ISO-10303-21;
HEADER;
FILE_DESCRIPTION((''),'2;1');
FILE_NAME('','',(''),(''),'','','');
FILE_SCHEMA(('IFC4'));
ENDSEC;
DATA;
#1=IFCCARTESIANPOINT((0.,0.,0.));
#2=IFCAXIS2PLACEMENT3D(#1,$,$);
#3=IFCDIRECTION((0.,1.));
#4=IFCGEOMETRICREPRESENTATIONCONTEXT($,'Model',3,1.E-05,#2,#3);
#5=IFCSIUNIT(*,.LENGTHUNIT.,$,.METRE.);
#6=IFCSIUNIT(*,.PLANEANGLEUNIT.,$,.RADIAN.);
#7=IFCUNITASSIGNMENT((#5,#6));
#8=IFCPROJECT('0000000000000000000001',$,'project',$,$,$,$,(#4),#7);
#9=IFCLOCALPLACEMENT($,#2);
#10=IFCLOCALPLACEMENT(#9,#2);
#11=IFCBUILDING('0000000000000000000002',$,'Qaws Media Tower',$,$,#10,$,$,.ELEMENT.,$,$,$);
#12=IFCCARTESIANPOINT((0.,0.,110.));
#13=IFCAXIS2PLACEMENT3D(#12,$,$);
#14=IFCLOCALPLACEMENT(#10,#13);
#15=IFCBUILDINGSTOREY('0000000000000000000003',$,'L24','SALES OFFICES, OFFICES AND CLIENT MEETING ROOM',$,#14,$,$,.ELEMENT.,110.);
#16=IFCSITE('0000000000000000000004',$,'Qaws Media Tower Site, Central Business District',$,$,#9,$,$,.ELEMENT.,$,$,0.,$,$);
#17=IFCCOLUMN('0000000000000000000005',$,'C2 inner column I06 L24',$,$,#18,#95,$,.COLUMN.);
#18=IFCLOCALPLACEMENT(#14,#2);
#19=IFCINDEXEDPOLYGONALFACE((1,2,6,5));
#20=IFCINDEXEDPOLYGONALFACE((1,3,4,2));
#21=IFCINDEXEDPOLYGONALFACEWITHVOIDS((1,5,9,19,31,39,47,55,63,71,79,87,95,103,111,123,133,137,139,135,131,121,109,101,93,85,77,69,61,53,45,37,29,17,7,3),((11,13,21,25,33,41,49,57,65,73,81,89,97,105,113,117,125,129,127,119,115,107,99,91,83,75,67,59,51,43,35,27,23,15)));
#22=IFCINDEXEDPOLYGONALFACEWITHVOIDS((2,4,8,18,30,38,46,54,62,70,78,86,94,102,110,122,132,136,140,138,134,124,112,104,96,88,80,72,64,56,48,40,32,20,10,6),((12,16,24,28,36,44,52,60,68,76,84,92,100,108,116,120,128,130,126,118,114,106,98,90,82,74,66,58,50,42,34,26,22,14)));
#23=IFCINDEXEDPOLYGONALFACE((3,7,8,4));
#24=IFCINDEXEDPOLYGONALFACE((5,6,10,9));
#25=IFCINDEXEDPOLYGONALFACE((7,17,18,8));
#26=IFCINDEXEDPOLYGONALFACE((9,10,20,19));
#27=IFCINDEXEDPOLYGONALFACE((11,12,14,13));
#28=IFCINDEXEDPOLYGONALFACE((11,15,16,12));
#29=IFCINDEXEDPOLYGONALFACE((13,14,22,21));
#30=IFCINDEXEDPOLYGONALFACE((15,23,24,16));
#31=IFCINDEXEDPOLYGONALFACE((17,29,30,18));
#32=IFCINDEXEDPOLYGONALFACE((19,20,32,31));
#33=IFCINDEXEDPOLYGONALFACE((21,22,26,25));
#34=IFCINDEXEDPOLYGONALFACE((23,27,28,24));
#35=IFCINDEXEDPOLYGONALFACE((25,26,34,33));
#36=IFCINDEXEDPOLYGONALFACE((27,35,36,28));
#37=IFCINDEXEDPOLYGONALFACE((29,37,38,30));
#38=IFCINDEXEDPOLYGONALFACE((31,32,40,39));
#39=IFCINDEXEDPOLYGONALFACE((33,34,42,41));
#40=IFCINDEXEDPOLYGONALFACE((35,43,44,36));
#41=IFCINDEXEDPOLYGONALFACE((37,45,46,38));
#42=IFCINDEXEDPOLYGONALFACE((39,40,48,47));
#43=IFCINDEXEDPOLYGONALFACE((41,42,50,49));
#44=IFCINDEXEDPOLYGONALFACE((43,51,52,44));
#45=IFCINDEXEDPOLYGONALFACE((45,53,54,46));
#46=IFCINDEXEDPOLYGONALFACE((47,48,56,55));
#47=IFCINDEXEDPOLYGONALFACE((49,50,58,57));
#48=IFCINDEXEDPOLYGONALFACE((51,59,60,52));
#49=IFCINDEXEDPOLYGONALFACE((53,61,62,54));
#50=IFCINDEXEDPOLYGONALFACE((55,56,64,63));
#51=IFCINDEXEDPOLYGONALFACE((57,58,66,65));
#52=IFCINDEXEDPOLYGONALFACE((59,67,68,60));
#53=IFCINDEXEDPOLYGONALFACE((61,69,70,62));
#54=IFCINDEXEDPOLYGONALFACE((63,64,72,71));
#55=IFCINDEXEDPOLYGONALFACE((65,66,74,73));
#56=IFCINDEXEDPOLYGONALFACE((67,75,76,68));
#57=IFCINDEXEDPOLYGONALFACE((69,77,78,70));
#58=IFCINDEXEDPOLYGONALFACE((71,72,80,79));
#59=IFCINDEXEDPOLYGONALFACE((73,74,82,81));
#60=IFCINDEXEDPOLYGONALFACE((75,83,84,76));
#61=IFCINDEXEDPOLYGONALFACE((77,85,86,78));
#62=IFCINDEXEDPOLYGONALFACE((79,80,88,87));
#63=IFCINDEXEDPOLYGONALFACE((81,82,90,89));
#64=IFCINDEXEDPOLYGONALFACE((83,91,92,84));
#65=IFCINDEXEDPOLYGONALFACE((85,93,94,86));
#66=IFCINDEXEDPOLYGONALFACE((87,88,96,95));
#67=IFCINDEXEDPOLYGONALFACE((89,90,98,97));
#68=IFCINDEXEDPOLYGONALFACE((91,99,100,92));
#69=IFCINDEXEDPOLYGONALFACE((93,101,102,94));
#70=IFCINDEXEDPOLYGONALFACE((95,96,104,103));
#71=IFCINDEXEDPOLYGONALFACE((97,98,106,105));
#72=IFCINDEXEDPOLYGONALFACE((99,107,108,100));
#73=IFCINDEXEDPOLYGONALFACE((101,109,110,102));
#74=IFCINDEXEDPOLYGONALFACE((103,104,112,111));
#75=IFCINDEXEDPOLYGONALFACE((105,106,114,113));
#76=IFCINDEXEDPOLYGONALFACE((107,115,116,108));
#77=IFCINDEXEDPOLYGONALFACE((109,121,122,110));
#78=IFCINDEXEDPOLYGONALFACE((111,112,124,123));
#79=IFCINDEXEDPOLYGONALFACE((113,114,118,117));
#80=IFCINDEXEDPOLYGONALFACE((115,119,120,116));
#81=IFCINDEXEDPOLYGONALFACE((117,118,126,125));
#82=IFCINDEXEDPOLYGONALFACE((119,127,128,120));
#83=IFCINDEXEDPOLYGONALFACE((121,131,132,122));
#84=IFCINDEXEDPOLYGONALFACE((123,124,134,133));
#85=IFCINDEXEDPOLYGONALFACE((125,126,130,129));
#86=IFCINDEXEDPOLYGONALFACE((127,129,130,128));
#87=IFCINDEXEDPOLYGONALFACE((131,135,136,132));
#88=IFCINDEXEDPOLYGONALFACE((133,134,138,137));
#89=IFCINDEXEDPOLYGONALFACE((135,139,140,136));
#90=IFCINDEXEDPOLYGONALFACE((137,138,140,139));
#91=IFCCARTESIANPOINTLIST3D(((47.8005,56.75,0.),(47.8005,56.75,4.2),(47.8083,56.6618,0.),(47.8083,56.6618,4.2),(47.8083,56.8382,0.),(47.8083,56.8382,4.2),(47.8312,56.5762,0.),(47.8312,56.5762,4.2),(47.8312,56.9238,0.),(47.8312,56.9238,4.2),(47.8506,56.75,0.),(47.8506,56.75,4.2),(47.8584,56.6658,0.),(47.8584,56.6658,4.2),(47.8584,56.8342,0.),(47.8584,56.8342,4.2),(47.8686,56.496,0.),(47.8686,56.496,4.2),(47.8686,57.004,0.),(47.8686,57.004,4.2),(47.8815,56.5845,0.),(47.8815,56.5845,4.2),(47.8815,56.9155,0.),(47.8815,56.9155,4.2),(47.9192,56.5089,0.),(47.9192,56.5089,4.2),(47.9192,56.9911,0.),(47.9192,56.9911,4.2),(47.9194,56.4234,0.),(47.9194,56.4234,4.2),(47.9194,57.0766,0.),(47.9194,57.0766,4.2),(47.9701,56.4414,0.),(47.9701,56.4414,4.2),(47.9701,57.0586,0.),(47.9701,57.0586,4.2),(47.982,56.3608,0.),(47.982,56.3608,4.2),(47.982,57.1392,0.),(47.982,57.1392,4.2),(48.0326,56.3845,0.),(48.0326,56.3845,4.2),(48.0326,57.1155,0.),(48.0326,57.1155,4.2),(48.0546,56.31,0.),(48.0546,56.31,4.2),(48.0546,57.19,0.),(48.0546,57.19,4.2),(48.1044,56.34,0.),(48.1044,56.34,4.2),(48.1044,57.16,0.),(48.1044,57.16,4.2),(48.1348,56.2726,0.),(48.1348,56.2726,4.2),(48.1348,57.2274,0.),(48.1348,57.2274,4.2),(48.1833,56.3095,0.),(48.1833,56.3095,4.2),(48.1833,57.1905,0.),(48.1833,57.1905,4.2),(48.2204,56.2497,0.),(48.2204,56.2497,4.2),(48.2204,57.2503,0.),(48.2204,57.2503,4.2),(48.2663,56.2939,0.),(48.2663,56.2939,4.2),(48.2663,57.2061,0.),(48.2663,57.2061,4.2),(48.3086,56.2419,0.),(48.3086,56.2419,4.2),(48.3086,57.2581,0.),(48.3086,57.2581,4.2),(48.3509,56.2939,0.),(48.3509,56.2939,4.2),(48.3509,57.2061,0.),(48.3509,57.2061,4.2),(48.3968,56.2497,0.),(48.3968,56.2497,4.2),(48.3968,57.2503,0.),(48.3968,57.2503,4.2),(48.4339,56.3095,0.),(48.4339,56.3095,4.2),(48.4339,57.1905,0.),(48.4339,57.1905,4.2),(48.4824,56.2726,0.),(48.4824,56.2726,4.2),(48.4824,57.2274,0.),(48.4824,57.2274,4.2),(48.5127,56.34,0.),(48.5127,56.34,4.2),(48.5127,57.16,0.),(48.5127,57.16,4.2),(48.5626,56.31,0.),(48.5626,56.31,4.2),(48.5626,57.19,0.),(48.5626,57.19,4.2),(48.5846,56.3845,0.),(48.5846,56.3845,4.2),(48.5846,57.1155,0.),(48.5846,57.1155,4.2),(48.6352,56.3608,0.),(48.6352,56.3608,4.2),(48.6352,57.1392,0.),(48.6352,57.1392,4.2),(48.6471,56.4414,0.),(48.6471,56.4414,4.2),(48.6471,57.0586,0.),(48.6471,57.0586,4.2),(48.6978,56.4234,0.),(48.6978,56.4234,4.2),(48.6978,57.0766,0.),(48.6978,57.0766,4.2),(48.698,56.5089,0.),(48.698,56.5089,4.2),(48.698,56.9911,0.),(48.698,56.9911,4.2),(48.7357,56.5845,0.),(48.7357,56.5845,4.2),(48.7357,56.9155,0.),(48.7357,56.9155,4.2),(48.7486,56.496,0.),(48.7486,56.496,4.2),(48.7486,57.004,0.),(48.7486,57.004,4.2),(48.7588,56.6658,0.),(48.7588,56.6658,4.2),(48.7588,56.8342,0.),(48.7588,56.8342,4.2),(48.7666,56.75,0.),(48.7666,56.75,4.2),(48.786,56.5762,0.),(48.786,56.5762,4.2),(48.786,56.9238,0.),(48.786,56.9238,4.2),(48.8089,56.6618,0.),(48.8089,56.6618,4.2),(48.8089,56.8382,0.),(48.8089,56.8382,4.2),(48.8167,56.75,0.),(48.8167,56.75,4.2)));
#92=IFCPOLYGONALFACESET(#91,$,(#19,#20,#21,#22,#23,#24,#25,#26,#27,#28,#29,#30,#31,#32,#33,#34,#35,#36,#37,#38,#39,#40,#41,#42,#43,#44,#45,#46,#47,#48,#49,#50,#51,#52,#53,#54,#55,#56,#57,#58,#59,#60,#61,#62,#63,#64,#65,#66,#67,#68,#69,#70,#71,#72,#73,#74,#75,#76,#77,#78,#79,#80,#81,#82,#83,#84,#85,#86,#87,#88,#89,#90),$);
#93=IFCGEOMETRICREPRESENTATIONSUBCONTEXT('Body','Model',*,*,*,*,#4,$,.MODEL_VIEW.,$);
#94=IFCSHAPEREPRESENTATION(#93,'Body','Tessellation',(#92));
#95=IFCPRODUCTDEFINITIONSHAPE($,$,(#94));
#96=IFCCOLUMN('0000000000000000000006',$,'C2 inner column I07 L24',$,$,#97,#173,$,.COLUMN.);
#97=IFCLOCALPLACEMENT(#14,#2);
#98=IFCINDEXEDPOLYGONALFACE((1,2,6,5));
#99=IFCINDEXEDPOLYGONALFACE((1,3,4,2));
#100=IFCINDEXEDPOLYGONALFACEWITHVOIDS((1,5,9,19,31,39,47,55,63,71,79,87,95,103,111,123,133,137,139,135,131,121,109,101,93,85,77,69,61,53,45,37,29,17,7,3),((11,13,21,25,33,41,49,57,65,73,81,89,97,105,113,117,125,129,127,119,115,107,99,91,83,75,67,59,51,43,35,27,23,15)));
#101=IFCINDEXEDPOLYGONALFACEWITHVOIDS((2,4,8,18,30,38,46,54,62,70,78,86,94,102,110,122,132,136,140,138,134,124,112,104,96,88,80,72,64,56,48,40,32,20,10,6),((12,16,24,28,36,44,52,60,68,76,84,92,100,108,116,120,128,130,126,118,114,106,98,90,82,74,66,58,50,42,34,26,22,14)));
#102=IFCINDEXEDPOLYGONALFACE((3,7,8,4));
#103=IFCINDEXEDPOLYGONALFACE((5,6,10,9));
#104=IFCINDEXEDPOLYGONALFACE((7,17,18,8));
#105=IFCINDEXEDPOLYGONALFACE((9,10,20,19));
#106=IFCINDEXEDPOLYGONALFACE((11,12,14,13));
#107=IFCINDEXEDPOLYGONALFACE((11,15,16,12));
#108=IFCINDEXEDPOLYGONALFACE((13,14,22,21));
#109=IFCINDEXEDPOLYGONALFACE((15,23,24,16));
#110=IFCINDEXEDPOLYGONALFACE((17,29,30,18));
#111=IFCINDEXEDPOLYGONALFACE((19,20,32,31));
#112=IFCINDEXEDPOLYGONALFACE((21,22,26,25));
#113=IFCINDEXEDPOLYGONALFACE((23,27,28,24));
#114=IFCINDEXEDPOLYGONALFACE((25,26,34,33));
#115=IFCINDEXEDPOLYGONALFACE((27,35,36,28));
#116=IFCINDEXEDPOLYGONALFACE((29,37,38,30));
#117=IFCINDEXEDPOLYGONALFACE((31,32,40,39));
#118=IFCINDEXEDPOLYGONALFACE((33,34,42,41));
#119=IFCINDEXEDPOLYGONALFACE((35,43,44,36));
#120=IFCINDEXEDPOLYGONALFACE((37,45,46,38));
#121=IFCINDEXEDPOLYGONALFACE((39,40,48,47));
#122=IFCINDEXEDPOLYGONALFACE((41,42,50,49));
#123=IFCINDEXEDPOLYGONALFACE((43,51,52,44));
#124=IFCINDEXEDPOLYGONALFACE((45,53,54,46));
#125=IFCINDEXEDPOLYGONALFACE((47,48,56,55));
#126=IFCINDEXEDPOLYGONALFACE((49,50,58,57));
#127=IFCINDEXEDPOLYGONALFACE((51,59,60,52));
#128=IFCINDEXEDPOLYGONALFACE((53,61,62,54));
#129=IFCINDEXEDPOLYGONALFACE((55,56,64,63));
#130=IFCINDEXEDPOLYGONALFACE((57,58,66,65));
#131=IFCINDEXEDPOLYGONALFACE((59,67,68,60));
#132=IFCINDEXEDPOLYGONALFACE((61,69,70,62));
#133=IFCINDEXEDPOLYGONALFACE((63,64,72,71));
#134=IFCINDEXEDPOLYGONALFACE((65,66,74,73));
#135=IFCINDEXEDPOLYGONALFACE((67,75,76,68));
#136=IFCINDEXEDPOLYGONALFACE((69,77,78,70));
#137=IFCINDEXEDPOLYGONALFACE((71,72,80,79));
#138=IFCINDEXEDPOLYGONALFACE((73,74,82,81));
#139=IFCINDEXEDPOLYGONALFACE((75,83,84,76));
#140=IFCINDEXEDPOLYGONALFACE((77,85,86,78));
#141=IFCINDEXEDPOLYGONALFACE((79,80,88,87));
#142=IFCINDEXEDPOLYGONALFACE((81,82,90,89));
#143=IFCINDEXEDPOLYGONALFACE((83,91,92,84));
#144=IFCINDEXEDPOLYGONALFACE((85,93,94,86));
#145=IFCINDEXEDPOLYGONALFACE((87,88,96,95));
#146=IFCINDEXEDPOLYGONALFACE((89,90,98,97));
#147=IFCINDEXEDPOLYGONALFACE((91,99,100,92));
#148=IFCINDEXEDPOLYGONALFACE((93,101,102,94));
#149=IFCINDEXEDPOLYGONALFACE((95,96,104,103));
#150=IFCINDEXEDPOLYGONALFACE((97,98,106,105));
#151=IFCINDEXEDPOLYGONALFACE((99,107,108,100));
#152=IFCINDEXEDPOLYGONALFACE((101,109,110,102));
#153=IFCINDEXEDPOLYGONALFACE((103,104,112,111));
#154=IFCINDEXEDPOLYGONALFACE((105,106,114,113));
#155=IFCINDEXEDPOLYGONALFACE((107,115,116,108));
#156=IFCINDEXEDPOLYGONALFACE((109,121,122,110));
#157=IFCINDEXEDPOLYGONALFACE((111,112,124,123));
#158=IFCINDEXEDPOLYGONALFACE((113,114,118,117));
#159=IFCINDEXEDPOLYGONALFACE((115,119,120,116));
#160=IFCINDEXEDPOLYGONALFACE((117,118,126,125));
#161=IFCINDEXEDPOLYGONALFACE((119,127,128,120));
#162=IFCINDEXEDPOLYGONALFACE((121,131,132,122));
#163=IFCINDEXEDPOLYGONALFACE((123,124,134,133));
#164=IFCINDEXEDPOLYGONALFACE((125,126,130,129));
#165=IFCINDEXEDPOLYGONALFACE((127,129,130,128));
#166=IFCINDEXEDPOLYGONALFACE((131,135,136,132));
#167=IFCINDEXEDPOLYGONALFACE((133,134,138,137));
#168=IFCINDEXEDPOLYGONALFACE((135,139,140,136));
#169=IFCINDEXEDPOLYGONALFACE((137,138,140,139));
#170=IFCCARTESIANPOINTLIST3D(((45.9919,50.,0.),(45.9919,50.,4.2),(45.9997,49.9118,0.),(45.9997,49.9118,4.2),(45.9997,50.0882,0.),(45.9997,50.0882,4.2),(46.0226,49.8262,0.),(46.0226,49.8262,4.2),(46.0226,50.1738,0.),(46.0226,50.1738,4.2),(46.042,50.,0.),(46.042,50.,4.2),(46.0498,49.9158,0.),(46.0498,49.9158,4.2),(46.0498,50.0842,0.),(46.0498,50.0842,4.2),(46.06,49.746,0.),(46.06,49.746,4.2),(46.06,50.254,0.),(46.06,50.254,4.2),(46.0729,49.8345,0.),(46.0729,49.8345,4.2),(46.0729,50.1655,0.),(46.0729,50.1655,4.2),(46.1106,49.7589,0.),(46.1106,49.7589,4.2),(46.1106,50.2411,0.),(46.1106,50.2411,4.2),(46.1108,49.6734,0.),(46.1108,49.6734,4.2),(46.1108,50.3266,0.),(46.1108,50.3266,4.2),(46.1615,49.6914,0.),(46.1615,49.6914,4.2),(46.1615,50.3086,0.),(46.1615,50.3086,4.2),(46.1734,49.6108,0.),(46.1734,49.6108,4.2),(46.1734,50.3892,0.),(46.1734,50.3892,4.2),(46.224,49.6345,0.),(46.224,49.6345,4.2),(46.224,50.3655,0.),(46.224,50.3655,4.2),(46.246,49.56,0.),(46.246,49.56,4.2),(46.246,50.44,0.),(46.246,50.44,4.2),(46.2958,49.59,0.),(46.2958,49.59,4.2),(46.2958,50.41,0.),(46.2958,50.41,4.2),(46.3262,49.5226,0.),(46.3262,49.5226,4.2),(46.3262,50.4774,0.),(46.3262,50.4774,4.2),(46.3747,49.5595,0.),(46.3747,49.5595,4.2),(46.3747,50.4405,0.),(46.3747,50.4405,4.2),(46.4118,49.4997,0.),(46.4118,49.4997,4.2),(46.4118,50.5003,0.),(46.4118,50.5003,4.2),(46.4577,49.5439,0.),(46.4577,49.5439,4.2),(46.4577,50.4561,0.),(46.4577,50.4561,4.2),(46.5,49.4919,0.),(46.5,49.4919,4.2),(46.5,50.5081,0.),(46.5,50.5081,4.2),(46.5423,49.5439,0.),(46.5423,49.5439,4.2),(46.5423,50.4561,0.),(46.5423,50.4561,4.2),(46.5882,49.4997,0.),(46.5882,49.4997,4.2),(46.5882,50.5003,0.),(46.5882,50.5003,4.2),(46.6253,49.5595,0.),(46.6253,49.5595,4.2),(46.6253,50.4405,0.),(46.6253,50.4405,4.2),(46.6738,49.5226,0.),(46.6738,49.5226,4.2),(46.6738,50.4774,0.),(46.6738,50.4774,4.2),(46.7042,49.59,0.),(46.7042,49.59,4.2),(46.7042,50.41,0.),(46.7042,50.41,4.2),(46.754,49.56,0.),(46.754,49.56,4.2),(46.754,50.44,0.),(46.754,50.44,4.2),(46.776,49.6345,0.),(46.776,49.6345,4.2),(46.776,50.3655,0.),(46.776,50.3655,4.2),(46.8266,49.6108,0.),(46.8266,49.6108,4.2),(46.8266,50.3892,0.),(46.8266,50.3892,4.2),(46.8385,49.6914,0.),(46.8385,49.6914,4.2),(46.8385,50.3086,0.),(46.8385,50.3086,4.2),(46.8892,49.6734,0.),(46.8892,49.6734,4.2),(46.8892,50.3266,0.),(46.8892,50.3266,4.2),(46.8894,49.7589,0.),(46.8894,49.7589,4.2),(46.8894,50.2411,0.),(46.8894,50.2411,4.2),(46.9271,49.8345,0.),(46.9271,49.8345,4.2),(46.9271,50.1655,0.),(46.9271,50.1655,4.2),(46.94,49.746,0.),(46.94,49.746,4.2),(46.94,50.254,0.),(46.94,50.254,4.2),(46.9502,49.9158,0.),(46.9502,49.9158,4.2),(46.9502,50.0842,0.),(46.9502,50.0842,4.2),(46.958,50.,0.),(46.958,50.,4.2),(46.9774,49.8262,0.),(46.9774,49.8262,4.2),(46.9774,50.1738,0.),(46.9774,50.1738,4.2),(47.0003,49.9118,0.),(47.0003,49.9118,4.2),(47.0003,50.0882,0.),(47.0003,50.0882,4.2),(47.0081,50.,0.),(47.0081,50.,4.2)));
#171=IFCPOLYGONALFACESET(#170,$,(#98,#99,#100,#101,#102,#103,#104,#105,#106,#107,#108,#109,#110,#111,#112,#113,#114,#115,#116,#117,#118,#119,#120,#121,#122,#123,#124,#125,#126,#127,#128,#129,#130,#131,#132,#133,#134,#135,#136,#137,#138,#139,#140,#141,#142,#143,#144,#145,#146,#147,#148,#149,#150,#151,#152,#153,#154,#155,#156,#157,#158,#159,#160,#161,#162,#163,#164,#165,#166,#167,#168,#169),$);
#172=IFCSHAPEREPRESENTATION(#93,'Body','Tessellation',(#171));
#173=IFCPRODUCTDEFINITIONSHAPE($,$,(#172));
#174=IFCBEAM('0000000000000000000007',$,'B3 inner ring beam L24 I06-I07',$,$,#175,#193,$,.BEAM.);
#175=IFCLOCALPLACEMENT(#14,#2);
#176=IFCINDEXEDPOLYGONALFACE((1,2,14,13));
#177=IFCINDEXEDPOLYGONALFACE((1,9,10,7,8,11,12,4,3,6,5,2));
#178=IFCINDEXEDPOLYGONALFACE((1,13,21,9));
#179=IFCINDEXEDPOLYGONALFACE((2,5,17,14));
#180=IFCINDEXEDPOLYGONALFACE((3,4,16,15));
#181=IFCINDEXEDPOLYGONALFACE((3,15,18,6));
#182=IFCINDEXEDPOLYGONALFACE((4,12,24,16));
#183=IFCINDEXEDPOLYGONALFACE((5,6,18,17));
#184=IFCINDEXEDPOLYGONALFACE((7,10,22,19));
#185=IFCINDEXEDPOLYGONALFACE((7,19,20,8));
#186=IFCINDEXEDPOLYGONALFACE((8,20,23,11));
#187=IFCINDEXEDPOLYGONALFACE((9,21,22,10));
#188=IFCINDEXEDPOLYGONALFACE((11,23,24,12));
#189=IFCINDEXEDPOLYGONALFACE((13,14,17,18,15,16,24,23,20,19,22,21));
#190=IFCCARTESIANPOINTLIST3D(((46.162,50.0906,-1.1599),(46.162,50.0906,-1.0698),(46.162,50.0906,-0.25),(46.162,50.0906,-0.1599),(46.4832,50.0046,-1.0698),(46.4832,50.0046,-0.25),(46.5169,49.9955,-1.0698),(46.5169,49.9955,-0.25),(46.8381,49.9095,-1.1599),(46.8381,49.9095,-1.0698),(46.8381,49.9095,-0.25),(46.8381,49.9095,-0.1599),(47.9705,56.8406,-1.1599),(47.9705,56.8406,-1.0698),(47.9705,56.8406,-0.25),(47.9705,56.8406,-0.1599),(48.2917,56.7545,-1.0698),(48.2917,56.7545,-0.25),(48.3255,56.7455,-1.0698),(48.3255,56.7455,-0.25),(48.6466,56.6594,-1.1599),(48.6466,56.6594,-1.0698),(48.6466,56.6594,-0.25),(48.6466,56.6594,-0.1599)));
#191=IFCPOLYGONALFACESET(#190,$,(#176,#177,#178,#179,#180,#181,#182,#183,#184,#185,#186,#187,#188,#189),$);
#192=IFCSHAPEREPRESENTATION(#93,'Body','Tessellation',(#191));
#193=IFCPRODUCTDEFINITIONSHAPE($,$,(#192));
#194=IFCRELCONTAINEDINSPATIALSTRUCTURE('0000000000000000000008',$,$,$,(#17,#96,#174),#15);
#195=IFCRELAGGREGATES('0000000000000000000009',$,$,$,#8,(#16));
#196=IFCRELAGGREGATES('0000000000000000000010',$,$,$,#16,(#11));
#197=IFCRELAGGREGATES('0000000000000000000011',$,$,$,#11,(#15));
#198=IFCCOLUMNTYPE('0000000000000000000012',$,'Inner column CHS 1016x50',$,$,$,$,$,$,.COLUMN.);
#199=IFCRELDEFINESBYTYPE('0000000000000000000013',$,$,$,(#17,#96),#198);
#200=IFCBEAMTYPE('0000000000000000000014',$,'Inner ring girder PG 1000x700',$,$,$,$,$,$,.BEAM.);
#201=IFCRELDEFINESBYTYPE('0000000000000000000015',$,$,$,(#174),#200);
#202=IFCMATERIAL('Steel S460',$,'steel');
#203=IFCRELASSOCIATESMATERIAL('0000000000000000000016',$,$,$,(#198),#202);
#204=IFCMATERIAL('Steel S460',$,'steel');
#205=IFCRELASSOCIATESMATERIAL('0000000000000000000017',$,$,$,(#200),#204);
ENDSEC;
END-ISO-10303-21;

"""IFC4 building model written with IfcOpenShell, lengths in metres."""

from ifc_helpers import new_model, si_unit, direction, frame, origin, origin_2d, place, context, subcontext, project, spatial, hollow_circle, i_section, extrude, material, material_profile, profile_set, type_object, element, save


model = new_model("IFC4")

# Units and contexts
model_context = context("Model", 3, precision=1e-05, world=origin(), true_north=direction((0.0, 1.0)))
body_context = subcontext(model_context, "Body", "Model", "MODEL_VIEW")
ifc_project = project(units=[si_unit("LENGTHUNIT", "METRE"), si_unit("PLANEANGLEUNIT", "RADIAN")], contexts=[model_context])

# Site, building, storey
site_placement = place(None, origin())
site = spatial("IfcSite", under=ifc_project, at=site_placement, Name="Qaws Media Tower Site, Central Business District", CompositionType="ELEMENT", RefElevation=0.0)
building_placement = place(site_placement, origin())
building = spatial("IfcBuilding", under=site, at=building_placement, Name="Qaws Media Tower", CompositionType="ELEMENT")
storey_placement = place(building_placement, frame((0.0, 0.0, 110.0)))
storey = spatial("IfcBuildingStorey", under=building, at=storey_placement, Name="L24", Description="SALES OFFICES, OFFICES AND CLIENT MEETING ROOM", CompositionType="ELEMENT", Elevation=110.0)

# Columns
ifc_material_1 = material(Name="Steel S460", Category="steel")
ifc_material_profile_1 = material_profile(ifc_material_1, hollow_circle(Radius=0.5081, WallThickness=0.05, at=origin_2d()), Name="CHS 1016x50")
ifc_profile_set_1 = profile_set([ifc_material_profile_1], Name="Steel S460")
column_type = type_object("IfcColumnType", Name="Inner column CHS 1016x50", PredefinedType="COLUMN", material=ifc_profile_set_1)
for number, where, z_axis, x_axis, name in (
    (1, (48.3086, 56.75, 0.0), (0.0, 0.0, 1.0), (1.0, 0.0, 0.0), "C2 inner column I06 L24"),
    (2, (46.5, 50.0, 0.0), (0.0, 0.0, 1.0), (1.0, 0.0, 0.0), "C2 inner column I07 L24"),
):
    element("IfcColumn", number, at=place(storey_placement, frame(where, z_axis=z_axis, x_axis=x_axis)), inside=storey, type_object=column_type, Name=name, PredefinedType="COLUMN", context=body_context, shape_type="SweptSolid", body=[
        extrude(hollow_circle(Radius=0.5081, WallThickness=0.05, at=origin_2d()), origin(), (0.0, 0.0, 1.0), 4.2),
    ])

# Beam
ifc_material_2 = material(Name="Steel S460", Category="steel")
ifc_material_profile_2 = material_profile(ifc_material_2, i_section(OverallWidth=0.7, OverallDepth=1.0, WebThickness=0.0349, FlangeThickness=0.0901, at=origin_2d()), Name="PG 1000x700")
ifc_profile_set_2 = profile_set([ifc_material_profile_2], Name="Steel S460")
beam_type_1 = type_object("IfcBeamType", Name="Inner ring girder PG 1000x700", PredefinedType="BEAM", material=ifc_profile_set_2)
for number, where, z_axis, x_axis, name in (
    (3, (48.3086, 56.75, -0.6599), (-0.258811, -0.965928, 0.0), (0.965928, -0.258811, 0.0), "B3 inner ring beam L24 I06-I07"),
):
    element("IfcBeam", number, at=place(storey_placement, frame(where, z_axis=z_axis, x_axis=x_axis)), inside=storey, type_object=beam_type_1, Name=name, PredefinedType="BEAM", context=body_context, shape_type="SweptSolid", body=[
        extrude(i_section(OverallWidth=0.7, OverallDepth=1.0, WebThickness=0.0349, FlangeThickness=0.0901, at=origin_2d()), origin(), (0.0, 0.0, 1.0), 6.988),
    ])

save(model, "model.ifc")
